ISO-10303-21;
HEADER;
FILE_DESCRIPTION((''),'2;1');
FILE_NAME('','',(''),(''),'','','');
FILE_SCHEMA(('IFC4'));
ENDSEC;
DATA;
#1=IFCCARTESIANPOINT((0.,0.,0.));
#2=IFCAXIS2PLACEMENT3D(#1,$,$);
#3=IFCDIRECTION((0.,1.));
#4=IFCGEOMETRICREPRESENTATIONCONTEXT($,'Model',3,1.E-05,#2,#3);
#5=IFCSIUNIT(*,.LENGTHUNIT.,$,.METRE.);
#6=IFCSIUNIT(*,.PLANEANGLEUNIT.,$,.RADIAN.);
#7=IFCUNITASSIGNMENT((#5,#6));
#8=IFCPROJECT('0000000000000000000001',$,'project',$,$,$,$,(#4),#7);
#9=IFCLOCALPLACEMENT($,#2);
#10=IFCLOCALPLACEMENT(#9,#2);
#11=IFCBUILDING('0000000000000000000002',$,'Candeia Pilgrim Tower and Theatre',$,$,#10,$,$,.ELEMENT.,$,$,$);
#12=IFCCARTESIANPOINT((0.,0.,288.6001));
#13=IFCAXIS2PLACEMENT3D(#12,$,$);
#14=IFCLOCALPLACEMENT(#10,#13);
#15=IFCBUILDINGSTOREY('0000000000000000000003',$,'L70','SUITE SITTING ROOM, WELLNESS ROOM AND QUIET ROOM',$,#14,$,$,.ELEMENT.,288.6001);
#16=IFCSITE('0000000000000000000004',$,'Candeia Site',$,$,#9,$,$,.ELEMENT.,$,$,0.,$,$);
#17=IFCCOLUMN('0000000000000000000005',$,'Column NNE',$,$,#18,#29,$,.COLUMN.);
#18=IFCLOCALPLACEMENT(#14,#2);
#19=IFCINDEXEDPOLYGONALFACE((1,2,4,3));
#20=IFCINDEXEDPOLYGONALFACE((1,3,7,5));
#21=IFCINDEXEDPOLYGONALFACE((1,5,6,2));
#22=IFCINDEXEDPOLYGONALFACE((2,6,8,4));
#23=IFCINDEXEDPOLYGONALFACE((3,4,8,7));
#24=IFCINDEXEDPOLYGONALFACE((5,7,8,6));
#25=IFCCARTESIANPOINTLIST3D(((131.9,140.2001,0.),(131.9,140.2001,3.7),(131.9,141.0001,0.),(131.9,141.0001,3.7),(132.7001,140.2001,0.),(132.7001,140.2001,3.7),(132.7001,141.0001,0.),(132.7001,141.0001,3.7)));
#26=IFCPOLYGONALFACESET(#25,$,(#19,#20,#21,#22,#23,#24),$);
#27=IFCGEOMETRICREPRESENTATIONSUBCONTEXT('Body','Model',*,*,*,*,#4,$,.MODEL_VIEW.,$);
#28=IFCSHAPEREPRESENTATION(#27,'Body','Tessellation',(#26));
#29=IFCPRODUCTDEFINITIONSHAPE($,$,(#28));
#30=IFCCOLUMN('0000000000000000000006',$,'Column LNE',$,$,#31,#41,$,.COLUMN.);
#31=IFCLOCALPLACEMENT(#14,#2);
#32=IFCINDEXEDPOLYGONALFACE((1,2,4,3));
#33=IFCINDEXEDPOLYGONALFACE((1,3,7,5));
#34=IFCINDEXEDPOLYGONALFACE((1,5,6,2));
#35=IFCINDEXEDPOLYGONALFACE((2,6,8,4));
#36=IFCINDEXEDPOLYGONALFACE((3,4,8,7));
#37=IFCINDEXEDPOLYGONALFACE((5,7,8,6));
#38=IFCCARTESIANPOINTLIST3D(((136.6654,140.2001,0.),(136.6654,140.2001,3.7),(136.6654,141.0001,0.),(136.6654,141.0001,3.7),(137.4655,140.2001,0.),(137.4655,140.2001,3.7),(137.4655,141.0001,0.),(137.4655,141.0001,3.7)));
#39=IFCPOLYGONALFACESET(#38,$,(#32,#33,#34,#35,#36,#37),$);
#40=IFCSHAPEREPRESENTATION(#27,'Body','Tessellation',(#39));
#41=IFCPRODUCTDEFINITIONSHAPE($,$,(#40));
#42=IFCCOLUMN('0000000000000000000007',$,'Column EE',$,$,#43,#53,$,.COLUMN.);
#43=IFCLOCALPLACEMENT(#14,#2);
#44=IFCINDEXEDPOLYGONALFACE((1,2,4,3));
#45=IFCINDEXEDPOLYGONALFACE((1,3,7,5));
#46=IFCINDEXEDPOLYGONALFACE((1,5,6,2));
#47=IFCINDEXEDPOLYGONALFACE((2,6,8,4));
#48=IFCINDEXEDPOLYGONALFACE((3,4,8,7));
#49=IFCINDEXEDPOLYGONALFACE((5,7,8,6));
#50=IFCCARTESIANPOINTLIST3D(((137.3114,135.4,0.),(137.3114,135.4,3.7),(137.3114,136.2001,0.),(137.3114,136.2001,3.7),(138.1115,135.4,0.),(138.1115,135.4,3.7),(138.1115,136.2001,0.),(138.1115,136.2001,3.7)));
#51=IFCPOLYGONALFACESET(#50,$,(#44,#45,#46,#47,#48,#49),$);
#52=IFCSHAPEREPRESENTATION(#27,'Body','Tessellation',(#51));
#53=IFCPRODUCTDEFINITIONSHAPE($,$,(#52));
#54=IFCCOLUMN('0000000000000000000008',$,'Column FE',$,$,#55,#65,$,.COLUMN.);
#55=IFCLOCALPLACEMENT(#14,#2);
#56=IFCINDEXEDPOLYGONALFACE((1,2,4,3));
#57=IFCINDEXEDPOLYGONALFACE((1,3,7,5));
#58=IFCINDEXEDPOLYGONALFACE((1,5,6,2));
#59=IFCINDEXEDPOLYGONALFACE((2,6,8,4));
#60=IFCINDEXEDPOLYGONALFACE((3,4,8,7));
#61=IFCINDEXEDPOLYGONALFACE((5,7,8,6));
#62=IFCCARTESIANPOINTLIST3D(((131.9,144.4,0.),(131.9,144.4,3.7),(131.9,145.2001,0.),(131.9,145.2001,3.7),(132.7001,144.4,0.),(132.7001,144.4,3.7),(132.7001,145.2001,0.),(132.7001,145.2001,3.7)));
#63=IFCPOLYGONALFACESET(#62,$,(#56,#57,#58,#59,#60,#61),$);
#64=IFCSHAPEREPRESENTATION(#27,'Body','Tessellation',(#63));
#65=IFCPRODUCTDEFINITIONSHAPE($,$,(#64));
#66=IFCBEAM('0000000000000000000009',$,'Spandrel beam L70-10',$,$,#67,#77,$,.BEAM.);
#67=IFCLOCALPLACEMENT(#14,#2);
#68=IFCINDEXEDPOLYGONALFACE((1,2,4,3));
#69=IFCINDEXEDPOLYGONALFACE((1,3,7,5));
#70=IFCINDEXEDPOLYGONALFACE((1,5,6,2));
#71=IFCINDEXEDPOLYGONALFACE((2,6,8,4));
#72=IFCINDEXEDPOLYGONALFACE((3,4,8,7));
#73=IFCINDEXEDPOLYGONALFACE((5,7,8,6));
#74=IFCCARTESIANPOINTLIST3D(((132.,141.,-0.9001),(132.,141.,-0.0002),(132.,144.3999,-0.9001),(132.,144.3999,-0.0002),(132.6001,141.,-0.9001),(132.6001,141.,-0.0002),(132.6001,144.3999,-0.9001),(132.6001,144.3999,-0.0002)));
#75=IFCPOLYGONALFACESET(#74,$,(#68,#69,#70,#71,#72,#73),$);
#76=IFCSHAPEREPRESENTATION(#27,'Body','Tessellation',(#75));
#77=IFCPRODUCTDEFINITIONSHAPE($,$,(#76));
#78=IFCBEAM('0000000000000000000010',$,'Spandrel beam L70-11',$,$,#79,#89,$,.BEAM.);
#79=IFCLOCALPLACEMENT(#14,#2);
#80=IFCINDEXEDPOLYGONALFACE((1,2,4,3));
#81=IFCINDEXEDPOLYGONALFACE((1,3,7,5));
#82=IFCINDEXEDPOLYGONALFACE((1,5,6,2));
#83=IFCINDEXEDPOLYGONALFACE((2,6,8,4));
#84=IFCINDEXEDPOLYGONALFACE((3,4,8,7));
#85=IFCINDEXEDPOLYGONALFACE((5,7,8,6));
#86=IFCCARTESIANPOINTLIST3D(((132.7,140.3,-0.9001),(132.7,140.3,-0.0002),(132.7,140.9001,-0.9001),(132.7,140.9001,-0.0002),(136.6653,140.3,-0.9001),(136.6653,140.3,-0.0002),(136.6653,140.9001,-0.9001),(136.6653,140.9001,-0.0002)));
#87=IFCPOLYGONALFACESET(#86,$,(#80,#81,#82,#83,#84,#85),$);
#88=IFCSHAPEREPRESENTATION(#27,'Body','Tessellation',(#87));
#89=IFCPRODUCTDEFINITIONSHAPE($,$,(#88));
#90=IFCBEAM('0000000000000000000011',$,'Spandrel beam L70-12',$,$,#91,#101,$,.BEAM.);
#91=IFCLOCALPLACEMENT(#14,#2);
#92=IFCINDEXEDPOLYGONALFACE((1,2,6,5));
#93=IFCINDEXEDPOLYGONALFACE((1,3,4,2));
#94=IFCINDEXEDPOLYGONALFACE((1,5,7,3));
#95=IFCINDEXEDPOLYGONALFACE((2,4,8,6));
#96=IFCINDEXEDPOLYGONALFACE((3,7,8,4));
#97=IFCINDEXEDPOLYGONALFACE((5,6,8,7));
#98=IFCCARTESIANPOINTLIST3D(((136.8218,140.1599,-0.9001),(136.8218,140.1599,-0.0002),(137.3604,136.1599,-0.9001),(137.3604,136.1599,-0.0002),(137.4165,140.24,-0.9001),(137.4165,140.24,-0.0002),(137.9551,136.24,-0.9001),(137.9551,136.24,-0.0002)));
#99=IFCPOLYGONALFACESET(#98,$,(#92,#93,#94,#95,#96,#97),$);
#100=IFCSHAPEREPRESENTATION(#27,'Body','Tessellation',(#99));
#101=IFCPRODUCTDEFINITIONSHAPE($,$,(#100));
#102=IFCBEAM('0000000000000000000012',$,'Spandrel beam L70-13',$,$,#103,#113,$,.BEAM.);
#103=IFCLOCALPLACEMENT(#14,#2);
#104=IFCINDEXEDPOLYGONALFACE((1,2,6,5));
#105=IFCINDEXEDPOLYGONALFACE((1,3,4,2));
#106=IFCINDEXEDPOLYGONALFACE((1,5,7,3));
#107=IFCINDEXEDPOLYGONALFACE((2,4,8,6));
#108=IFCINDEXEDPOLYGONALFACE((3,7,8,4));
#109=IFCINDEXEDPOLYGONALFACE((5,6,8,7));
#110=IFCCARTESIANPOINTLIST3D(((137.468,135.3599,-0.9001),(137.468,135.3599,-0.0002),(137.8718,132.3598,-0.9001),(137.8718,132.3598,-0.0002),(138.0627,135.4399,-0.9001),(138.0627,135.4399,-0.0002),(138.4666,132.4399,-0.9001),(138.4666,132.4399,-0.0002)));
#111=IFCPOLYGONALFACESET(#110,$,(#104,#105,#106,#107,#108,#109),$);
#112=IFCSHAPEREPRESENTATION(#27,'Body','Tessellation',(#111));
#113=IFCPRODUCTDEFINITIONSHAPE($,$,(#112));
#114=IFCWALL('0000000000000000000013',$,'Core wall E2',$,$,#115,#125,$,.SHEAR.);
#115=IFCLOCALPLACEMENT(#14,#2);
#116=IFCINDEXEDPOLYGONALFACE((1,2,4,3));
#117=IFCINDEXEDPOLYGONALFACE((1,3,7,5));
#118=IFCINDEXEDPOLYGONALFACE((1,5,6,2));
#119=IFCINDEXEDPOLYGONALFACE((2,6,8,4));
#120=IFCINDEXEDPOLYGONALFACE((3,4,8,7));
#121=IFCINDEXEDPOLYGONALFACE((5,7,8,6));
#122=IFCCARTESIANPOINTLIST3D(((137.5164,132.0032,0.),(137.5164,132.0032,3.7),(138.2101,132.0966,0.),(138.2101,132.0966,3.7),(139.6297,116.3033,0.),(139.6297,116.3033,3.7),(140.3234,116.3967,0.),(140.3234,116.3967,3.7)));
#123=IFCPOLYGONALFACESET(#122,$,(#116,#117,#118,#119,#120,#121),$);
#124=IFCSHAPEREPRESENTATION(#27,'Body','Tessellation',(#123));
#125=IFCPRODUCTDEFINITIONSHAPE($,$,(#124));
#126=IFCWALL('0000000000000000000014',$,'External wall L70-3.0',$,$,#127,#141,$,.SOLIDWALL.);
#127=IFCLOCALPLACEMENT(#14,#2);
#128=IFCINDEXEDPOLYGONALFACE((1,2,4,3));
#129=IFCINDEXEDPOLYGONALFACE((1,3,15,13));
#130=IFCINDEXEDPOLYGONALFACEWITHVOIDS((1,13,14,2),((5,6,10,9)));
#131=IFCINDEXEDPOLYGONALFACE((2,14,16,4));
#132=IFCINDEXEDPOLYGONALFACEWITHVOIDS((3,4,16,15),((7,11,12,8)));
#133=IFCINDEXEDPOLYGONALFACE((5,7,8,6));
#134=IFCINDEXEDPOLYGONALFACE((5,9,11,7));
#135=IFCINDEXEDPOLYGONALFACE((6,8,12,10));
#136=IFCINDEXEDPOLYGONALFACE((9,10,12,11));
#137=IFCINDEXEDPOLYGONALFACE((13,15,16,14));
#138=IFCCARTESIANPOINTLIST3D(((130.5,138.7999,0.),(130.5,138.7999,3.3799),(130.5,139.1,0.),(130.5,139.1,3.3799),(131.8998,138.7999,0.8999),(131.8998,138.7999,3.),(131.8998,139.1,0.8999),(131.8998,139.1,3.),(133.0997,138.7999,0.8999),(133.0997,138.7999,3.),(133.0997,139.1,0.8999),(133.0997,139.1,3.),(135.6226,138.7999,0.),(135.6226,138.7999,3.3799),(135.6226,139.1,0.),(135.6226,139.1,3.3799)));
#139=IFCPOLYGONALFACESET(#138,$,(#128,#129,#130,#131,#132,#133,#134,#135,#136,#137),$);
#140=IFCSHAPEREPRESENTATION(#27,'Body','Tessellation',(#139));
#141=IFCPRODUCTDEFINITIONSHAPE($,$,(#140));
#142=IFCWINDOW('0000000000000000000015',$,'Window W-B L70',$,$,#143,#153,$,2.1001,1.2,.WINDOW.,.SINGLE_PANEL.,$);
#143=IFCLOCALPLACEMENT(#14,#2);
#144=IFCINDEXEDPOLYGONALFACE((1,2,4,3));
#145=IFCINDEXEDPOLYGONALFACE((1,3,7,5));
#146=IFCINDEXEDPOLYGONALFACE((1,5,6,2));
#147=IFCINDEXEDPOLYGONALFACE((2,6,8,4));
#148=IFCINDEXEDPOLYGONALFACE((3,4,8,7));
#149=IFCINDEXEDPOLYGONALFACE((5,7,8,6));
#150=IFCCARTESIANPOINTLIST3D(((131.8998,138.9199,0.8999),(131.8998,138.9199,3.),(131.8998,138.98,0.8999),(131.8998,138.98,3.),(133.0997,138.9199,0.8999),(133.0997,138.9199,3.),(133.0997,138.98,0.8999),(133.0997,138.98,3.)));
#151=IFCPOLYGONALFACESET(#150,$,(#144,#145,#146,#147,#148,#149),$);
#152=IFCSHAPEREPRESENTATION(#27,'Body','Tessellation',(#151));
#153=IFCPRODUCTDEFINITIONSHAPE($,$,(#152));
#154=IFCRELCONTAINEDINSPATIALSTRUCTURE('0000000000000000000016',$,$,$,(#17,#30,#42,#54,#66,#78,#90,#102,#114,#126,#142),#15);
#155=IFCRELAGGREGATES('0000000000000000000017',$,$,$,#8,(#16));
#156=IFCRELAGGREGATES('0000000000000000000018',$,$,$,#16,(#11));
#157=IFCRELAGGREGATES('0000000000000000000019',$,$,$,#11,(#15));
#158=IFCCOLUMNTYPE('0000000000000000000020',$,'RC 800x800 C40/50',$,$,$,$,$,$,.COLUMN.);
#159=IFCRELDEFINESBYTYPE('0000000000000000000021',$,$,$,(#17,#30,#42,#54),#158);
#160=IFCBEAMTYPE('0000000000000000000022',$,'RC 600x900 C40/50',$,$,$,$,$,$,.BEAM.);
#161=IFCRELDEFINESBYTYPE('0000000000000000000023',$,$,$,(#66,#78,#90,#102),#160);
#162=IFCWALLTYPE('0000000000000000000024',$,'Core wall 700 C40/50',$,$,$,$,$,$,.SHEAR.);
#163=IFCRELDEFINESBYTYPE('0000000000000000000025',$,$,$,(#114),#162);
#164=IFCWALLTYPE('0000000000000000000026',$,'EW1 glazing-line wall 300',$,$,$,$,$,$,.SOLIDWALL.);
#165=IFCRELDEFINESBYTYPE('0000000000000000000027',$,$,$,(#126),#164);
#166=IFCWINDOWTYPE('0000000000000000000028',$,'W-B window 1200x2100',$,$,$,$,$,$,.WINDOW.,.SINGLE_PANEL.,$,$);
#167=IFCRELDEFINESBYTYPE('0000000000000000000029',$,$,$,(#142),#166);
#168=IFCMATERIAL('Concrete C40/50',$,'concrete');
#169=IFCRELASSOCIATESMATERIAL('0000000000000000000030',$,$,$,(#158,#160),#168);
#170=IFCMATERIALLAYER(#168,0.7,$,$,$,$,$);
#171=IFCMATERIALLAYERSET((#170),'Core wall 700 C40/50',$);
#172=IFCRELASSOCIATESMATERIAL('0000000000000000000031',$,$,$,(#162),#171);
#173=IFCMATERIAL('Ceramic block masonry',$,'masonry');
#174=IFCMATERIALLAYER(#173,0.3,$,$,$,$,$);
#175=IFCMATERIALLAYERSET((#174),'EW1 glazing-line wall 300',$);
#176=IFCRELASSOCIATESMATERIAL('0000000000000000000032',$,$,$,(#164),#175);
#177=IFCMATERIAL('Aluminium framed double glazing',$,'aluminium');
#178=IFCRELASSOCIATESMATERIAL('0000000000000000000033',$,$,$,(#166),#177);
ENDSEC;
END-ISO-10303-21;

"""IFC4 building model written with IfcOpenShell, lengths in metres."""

from ifc_helpers import new_model, si_unit, direction, frame, frame_2d, origin, origin_2d, place, context, subcontext, project, spatial, rectangle, extrude, material, layer, layer_set, material_profile, profile_set, type_object, element, fill, save


model = new_model("IFC4")

# Units and contexts
model_context = context("Model", 3, precision=1e-05, world=origin(), true_north=direction((0.0, 1.0)))
body_context = subcontext(model_context, "Body", "Model", "MODEL_VIEW")
ifc_project = project(units=[si_unit("LENGTHUNIT", "METRE"), si_unit("PLANEANGLEUNIT", "RADIAN")], contexts=[model_context])

# Site, building, storey
site_placement = place(None, origin())
site = spatial("IfcSite", under=ifc_project, at=site_placement, Name="Candeia Site", CompositionType="ELEMENT", RefElevation=0.0)
building_placement = place(site_placement, origin())
building = spatial("IfcBuilding", under=site, at=building_placement, Name="Candeia Pilgrim Tower and Theatre", CompositionType="ELEMENT")
storey_placement = place(building_placement, frame((0.0, 0.0, 288.6001)))
storey = spatial("IfcBuildingStorey", under=building, at=storey_placement, Name="L70", Description="SUITE SITTING ROOM, WELLNESS ROOM AND QUIET ROOM", CompositionType="ELEMENT", Elevation=288.6001)

# Columns
ifc_material_1 = material(Name="Concrete C40/50", Category="concrete")
ifc_material_profile_1 = material_profile(ifc_material_1, rectangle(XDim=0.8, YDim=0.8, at=origin_2d()))
ifc_profile_set_1 = profile_set([ifc_material_profile_1], Name="Concrete C40/50")
column_type = type_object("IfcColumnType", Name="RC 800x800 C40/50", PredefinedType="COLUMN", material=ifc_profile_set_1)
for number, where, z_axis, x_axis, name in (
    (1, (132.3, 140.6001, 0.0), (0.0, 0.0, 1.0), (1.0, 0.0, 0.0), "Column NNE"),
    (2, (137.0654, 140.6001, 0.0), (0.0, 0.0, 1.0), (1.0, 0.0, 0.0), "Column LNE"),
    (3, (137.7114, 135.8, 0.0), (0.0, 0.0, 1.0), (1.0, 0.0, 0.0), "Column EE"),
    (4, (132.3, 144.8, 0.0), (0.0, 0.0, 1.0), (1.0, 0.0, 0.0), "Column FE"),
):
    element("IfcColumn", number, at=place(storey_placement, frame(where, z_axis=z_axis, x_axis=x_axis)), inside=storey, type_object=column_type, Name=name, PredefinedType="COLUMN", context=body_context, shape_type="SweptSolid", body=[
        extrude(rectangle(XDim=0.8, YDim=0.8, at=origin_2d()), origin(), (0.0, 0.0, 1.0), 3.7),
    ])

# Beams
ifc_material_profile_2 = material_profile(ifc_material_1, rectangle(XDim=0.6001, YDim=0.8999, at=origin_2d()))
ifc_profile_set_2 = profile_set([ifc_material_profile_2], Name="Concrete C40/50")
beam_type = type_object("IfcBeamType", Name="RC 600x900 C40/50", PredefinedType="BEAM", material=ifc_profile_set_2)
beam_1_placement = place(storey_placement, frame((132.3, 144.3999, -0.4502), z_axis=(0.0, -1.0, 0.0), x_axis=(1.0, 0.0, 0.0)))
element("IfcBeam", 5, at=beam_1_placement, inside=storey, type_object=beam_type, Name="Spandrel beam L70-10", PredefinedType="BEAM", context=body_context, shape_type="SweptSolid", body=[
    extrude(rectangle(XDim=0.6001, YDim=0.8999, at=origin_2d()), origin(), (0.0, 0.0, 1.0), 3.3999),
])
beam_2_placement = place(storey_placement, frame((132.7, 140.6001, -0.4502), z_axis=(1.0, 0.0, 0.0), x_axis=(0.0, 1.0, 0.0)))
element("IfcBeam", 6, at=beam_2_placement, inside=storey, type_object=beam_type, Name="Spandrel beam L70-11", PredefinedType="BEAM", context=body_context, shape_type="SweptSolid", body=[
    extrude(rectangle(XDim=0.6001, YDim=0.8999, at=origin_2d()), origin(), (0.0, 0.0, 1.0), 3.9653),
])
beam_3_placement = place(storey_placement, frame((137.1191, 140.2, -0.4502), z_axis=(0.133439, -0.991057, 0.0), x_axis=(0.991057, 0.133439, 0.0)))
element("IfcBeam", 7, at=beam_3_placement, inside=storey, type_object=beam_type, Name="Spandrel beam L70-12", PredefinedType="BEAM", context=body_context, shape_type="SweptSolid", body=[
    extrude(rectangle(XDim=0.6001, YDim=0.8999, at=origin_2d()), origin(), (0.0, 0.0, 1.0), 4.0361),
])
beam_4_placement = place(storey_placement, frame((137.7654, 135.3999, -0.4502), z_axis=(0.1334, -0.991062, 0.0), x_axis=(0.991062, 0.1334, 0.0)))
element("IfcBeam", 8, at=beam_4_placement, inside=storey, type_object=beam_type, Name="Spandrel beam L70-13", PredefinedType="BEAM", context=body_context, shape_type="SweptSolid", body=[
    extrude(rectangle(XDim=0.6001, YDim=0.8999, at=origin_2d()), origin(), (0.0, 0.0, 1.0), 3.0271),
])

# Wall
ifc_layer_1 = layer(ifc_material_1, 0.7)
ifc_layer_set_1 = layer_set([ifc_layer_1], Name="Core wall 700 C40/50")
wall_type_1 = type_object("IfcWallType", Name="Core wall 700 C40/50", PredefinedType="SHEAR", material=ifc_layer_set_1)
wall_1_placement = place(storey_placement, frame((137.8633, 132.05, 0.0), z_axis=(0.0, 0.0, 1.0), x_axis=(0.133401, -0.991062, 0.0)))
element("IfcWall", 9, at=wall_1_placement, inside=storey, type_object=wall_type_1, Name="Core wall E2", PredefinedType="SHEAR", context=body_context, shape_type="SweptSolid", body=[
    extrude(rectangle(XDim=15.8416, YDim=0.7, at=frame_2d((7.9209, 0.0))), origin(), (0.0, 0.0, 1.0), 3.7),
])

# Shared definitions
ifc_material_2 = material(Name="Ceramic block masonry", Category="masonry")
ifc_layer_2 = layer(ifc_material_2, 0.3)
ifc_layer_set_2 = layer_set([ifc_layer_2], Name="EW1 glazing-line wall 300")
wall_type_2 = type_object("IfcWallType", Name="EW1 glazing-line wall 300", PredefinedType="SOLIDWALL", material=ifc_layer_set_2)
ifc_material_3 = material(Name="Aluminium framed double glazing", Category="aluminium")

# Wall, opening, window
wall_2_placement = place(storey_placement, frame((135.6226, 138.95, 0.0), z_axis=(0.0, 0.0, 1.0), x_axis=(-1.0, 0.0, 0.0)))
wall_2 = element("IfcWall", 10, at=wall_2_placement, inside=storey, type_object=wall_type_2, Name="External wall L70-3.0", PredefinedType="SOLIDWALL", context=body_context, shape_type="SweptSolid", body=[
    extrude(rectangle(XDim=5.1226, YDim=0.3, at=frame_2d((2.5613, 0.0))), origin(), (0.0, 0.0, 1.0), 3.3799),
])
opening_1_placement = place(wall_2_placement, frame((2.5227, 0.0, 0.8999)))
opening_1 = element("IfcOpeningElement", 11, at=opening_1_placement, cuts=wall_2, PredefinedType="OPENING", context=body_context, shape_type="SweptSolid", body=[
    extrude(rectangle(XDim=1.2, YDim=2.1001, at=frame_2d((0.6001, 1.05))), frame((0.0, 0.1602, 0.0), z_axis=(0.0, -1.0, 0.0), x_axis=(1.0, 0.0, 0.0)), (0.0, 0.0, 1.0), 0.3201),
])
window_type_1 = type_object("IfcWindowType", Name="W-B window 1200x2100", PartitioningType="SINGLE_PANEL", PredefinedType="WINDOW", material=ifc_material_3)
window_1_placement = place(opening_1_placement, origin())
window_1 = element("IfcWindow", 12, at=window_1_placement, inside=storey, type_object=window_type_1, Name="Window W-B L70", OverallHeight=2.1001, OverallWidth=1.2, PartitioningType="SINGLE_PANEL", PredefinedType="WINDOW", context=body_context, shape_type="SweptSolid", body=[
    extrude(rectangle(XDim=1.2, YDim=2.1001, at=frame_2d((0.6001, 1.05))), frame((0.0, 0.03, 0.0), z_axis=(0.0, -1.0, 0.0), x_axis=(1.0, 0.0, 0.0)), (0.0, 0.0, 1.0), 0.0601),
])
fill(opening_1, window_1)

save(model, "model.ifc")
